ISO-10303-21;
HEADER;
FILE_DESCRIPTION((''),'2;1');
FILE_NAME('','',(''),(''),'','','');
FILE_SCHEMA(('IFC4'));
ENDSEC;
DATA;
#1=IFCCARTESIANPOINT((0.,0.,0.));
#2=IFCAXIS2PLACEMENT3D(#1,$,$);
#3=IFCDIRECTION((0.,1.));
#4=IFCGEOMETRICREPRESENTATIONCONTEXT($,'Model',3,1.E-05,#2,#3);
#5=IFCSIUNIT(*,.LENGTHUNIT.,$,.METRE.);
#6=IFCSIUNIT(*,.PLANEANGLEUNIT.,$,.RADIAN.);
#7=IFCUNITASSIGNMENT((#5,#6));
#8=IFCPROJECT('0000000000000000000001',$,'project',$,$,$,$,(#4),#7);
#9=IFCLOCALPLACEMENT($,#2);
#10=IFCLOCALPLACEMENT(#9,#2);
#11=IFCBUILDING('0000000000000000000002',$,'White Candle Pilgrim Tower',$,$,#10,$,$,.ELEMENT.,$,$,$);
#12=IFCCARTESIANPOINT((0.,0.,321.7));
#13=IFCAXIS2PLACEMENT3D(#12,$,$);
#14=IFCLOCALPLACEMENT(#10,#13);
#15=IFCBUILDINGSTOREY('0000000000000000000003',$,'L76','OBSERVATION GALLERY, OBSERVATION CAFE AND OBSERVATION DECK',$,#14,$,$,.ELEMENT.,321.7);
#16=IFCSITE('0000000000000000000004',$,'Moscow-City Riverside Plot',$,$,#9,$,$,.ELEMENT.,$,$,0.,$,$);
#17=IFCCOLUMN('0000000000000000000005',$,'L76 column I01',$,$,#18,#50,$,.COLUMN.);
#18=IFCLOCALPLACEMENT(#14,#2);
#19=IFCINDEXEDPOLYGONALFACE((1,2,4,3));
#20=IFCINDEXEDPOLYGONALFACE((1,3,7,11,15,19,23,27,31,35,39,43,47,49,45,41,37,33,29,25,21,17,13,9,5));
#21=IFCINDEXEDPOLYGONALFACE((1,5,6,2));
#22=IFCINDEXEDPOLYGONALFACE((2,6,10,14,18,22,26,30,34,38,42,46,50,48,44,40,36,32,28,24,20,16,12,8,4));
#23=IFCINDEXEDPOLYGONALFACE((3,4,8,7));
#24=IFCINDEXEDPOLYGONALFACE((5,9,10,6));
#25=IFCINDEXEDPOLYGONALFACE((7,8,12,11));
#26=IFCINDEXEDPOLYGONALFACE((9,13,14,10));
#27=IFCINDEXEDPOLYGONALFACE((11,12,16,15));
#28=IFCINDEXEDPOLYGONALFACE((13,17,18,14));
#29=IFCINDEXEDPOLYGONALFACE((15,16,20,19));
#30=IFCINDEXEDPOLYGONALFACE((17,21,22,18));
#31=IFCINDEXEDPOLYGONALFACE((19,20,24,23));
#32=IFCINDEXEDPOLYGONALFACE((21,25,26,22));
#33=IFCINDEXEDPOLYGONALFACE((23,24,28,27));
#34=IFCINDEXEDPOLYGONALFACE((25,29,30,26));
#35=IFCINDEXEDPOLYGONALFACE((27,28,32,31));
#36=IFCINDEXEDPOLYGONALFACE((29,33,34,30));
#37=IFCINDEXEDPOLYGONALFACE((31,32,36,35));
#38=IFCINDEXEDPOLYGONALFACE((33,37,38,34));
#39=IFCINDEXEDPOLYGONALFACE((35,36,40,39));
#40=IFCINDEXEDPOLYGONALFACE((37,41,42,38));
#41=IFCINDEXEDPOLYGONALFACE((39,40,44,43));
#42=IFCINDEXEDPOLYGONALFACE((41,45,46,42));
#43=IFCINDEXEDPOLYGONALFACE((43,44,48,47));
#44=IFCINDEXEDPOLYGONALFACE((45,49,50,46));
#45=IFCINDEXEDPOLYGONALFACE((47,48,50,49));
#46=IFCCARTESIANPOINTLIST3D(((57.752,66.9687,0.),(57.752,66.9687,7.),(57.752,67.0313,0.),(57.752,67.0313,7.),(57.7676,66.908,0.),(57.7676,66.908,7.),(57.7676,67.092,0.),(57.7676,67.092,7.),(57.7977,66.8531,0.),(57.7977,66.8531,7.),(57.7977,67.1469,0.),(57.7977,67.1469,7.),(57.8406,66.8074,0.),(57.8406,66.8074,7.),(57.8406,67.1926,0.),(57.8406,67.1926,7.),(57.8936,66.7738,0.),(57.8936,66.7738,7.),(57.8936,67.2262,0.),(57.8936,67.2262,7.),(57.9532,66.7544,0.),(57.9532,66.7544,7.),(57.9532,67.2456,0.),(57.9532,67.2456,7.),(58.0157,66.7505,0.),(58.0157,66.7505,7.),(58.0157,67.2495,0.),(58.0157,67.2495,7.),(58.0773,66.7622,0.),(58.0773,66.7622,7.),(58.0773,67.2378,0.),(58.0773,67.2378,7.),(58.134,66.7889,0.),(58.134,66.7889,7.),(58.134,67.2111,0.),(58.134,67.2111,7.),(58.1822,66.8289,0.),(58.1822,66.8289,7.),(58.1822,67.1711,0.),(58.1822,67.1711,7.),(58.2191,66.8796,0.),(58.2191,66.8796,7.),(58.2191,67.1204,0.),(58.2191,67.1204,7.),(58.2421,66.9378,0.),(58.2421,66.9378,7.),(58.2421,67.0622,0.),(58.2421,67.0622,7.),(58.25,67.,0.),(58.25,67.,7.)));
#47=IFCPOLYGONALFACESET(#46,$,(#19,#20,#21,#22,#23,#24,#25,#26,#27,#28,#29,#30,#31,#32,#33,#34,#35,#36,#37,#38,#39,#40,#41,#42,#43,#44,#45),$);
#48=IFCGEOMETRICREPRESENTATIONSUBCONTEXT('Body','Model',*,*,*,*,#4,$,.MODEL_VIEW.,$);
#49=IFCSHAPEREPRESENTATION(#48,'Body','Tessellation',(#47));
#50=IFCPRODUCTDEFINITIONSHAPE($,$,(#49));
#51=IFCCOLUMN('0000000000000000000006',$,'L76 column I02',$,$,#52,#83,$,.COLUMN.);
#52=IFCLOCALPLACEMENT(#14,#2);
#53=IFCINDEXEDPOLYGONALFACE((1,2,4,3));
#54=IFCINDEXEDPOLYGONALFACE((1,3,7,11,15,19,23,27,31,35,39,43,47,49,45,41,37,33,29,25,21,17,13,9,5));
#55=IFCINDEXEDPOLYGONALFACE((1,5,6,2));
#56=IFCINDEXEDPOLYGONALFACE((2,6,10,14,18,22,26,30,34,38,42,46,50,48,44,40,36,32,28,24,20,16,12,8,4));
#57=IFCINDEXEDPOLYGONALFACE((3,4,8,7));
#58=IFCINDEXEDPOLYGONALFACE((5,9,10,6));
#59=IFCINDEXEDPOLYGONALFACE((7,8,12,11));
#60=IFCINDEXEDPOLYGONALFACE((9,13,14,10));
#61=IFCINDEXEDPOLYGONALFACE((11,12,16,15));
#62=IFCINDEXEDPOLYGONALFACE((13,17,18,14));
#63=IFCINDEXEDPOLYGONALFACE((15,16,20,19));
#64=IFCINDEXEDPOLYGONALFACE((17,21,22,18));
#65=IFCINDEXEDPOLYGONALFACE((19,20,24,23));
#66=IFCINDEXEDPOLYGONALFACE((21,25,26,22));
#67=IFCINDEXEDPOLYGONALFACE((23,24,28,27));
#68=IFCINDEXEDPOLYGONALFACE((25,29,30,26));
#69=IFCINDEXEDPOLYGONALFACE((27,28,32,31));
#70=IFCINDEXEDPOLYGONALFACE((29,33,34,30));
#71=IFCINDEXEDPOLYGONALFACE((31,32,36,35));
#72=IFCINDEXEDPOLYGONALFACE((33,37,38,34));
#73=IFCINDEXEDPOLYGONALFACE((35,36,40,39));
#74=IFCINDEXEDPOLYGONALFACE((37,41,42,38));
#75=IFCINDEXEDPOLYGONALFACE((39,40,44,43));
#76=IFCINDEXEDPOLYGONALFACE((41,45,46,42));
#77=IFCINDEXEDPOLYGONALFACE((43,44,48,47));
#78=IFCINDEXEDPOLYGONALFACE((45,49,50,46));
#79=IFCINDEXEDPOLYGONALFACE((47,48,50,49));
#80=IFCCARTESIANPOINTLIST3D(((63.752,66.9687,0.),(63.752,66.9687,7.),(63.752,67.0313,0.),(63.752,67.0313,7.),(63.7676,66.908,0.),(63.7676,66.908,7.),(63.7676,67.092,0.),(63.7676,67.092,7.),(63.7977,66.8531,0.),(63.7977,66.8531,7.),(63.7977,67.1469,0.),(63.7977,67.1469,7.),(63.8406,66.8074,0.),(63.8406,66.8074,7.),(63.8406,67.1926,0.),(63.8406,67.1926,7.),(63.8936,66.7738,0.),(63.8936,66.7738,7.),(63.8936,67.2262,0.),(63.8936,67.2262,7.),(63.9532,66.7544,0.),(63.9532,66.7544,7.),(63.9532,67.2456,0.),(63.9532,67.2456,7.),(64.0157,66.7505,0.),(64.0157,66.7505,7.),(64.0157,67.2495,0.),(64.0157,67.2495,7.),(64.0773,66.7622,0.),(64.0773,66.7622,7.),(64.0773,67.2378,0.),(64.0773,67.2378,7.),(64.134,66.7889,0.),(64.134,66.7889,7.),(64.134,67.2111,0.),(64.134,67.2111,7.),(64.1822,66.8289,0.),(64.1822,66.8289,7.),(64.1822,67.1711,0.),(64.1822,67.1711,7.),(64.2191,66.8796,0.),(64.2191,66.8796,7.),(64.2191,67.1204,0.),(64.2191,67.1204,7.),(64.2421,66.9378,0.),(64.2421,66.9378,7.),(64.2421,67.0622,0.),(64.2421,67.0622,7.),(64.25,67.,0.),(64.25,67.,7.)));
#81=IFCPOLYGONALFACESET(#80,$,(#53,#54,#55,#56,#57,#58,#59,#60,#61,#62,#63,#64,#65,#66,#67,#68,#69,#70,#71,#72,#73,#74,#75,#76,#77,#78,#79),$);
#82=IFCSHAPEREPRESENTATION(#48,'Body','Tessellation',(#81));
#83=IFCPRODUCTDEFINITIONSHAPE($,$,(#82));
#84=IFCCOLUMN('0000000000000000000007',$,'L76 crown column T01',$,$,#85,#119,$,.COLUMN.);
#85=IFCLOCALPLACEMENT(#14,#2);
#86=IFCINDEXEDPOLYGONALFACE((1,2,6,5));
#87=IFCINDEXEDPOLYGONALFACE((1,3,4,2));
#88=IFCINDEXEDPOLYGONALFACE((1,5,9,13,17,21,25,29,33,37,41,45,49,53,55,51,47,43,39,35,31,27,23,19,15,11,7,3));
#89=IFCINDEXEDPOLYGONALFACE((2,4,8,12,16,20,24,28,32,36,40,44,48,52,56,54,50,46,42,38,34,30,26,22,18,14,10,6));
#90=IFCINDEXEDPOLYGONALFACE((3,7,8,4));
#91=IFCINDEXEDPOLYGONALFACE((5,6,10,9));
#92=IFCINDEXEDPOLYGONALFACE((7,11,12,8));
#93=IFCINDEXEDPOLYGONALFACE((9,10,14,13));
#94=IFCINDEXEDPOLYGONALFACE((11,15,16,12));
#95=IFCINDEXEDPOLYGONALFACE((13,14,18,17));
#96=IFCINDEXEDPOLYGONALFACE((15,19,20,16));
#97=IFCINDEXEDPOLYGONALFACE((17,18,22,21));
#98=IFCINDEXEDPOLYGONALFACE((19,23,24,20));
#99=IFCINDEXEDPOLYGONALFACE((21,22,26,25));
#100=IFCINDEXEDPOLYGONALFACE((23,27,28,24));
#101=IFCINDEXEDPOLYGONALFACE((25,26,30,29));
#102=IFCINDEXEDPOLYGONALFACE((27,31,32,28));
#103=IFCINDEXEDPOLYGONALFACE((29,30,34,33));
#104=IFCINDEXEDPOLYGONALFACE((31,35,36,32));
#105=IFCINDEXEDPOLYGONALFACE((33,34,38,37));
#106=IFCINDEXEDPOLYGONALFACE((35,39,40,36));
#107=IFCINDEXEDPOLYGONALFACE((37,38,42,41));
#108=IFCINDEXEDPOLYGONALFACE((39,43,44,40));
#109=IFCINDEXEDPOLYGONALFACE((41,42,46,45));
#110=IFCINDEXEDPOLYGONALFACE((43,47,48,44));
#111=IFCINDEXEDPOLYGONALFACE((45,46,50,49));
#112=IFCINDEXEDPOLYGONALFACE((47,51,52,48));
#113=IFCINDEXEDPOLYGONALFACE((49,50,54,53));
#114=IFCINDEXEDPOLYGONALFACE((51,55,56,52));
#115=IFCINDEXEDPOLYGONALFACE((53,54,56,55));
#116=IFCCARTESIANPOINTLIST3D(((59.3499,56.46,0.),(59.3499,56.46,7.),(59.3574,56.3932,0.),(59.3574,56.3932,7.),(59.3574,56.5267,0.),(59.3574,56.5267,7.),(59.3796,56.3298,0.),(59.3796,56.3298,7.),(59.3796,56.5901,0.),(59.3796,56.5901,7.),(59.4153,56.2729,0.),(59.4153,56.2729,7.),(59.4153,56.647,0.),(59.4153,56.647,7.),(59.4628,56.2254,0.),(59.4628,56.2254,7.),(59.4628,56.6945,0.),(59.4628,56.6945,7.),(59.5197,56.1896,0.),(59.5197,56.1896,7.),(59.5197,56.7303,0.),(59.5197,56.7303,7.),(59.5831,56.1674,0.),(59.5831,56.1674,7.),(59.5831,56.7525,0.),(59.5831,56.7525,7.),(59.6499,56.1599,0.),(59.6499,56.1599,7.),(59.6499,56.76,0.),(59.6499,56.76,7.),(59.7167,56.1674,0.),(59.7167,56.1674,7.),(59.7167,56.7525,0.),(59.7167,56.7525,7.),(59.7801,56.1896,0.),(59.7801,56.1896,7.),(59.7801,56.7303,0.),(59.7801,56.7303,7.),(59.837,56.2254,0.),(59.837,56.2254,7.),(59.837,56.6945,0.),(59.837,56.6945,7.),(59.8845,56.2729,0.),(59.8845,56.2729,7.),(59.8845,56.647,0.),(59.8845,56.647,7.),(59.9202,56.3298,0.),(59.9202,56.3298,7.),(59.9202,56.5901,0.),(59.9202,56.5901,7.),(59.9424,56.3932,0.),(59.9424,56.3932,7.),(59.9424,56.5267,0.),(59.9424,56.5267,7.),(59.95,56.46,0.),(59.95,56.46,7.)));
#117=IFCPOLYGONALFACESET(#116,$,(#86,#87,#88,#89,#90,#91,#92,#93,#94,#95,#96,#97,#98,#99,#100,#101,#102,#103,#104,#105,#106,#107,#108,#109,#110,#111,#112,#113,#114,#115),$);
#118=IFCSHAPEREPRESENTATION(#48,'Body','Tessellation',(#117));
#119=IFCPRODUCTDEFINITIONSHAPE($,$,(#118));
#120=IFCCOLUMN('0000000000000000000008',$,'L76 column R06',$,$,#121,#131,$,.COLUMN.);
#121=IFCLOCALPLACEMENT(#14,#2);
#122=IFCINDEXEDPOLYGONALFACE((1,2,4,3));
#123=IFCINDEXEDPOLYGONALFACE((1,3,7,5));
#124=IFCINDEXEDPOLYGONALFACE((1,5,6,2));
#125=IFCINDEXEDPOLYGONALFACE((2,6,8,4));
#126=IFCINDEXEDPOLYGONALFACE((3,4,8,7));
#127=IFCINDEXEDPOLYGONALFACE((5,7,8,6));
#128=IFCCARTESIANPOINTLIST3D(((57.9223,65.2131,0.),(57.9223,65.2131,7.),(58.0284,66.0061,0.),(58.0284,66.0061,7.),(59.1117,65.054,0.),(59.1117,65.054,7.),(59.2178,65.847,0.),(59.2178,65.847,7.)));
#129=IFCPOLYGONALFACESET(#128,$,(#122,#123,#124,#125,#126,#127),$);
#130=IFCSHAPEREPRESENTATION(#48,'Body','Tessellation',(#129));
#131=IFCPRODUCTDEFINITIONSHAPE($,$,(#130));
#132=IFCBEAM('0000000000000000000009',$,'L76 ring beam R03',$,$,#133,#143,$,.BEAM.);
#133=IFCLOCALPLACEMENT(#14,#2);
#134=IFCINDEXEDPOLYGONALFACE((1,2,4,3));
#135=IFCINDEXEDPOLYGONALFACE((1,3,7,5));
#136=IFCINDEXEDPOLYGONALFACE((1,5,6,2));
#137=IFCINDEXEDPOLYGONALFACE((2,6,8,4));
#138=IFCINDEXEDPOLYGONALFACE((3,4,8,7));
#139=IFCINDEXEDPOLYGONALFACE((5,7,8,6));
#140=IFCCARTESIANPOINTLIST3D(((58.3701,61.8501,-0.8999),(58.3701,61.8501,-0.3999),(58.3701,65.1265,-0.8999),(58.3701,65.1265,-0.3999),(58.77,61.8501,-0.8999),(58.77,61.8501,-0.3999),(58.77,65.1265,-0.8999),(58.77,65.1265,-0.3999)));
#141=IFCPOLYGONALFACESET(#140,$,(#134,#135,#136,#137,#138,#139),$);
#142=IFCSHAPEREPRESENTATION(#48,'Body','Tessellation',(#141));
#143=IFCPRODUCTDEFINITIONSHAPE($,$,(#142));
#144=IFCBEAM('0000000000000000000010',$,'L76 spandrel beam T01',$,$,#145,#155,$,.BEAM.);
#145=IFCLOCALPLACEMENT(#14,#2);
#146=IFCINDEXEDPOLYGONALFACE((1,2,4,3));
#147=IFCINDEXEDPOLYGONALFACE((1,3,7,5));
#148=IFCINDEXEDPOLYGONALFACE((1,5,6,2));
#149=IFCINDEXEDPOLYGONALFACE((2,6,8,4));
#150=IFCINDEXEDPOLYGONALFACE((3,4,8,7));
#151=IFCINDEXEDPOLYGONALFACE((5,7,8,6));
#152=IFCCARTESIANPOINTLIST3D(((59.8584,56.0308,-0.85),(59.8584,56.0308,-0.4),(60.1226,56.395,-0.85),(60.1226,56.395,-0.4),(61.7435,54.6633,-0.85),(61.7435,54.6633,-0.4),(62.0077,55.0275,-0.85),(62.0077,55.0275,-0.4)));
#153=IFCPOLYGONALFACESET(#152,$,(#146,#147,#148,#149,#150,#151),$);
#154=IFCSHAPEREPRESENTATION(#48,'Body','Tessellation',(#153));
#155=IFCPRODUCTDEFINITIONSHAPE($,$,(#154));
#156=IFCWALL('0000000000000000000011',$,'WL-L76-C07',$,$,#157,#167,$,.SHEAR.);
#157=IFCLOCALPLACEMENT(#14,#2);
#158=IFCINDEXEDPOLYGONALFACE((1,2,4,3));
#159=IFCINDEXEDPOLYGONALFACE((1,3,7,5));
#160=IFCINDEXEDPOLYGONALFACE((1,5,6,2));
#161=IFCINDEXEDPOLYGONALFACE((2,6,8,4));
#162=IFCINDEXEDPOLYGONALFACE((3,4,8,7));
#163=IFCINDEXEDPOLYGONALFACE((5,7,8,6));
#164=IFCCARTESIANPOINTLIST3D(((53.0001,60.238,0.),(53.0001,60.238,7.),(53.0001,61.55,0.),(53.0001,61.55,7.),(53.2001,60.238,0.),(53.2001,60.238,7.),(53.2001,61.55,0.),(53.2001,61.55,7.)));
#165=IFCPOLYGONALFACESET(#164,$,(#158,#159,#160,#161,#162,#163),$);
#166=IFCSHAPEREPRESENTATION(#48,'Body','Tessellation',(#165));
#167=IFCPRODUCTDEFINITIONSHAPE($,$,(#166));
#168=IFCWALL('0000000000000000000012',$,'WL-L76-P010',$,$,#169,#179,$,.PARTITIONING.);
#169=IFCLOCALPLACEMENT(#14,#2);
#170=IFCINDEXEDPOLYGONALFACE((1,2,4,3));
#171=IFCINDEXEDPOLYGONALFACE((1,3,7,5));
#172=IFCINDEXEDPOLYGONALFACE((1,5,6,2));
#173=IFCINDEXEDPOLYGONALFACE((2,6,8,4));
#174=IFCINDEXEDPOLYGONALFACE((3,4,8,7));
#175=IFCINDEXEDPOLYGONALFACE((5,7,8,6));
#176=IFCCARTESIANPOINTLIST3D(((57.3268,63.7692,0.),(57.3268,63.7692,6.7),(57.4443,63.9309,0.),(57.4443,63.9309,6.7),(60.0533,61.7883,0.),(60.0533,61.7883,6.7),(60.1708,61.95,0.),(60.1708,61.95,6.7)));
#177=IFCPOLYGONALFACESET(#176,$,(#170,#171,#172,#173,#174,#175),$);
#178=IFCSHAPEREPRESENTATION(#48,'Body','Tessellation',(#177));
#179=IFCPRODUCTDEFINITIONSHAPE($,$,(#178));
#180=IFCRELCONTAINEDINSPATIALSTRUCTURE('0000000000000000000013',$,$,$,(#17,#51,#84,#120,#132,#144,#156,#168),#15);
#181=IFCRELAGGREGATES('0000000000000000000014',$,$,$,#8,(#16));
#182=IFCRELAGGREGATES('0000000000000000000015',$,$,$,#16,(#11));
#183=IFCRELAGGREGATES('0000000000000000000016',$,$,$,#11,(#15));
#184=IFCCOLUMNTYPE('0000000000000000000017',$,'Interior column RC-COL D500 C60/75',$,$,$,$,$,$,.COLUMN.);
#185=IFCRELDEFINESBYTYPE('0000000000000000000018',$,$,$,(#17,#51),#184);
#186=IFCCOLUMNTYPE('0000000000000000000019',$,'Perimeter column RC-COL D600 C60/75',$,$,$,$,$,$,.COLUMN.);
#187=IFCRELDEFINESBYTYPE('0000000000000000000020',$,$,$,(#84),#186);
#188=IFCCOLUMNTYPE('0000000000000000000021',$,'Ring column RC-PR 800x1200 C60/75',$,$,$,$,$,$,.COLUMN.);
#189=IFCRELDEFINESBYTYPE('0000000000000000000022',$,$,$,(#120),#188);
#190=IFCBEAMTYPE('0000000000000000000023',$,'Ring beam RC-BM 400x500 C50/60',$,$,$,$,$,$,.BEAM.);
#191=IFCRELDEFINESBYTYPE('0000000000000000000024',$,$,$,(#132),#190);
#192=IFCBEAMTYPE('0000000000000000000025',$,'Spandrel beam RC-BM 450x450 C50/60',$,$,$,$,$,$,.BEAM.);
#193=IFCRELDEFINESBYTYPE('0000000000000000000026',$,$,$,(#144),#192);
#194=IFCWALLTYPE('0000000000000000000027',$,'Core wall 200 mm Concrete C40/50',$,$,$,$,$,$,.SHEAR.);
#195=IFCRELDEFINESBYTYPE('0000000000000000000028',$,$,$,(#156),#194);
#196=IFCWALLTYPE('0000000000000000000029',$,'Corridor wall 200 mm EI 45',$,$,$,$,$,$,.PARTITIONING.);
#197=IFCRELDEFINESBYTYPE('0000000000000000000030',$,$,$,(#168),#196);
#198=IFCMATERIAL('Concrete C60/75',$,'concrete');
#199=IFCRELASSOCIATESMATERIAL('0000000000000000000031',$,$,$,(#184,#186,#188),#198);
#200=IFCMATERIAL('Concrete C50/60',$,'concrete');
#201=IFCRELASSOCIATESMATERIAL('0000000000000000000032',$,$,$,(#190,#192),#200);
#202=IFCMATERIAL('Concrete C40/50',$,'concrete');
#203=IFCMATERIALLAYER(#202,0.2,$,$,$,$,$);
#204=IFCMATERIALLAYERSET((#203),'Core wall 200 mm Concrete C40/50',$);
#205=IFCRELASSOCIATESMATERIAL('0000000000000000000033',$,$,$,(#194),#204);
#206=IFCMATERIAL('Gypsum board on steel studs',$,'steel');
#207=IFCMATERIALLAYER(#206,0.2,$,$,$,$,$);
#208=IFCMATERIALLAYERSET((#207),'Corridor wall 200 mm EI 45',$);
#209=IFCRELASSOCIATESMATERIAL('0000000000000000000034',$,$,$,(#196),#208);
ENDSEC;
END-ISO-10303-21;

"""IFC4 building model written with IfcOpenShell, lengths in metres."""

from ifc_helpers import new_model, si_unit, direction, frame, frame_2d, origin, origin_2d, place, context, subcontext, project, spatial, rectangle, circle, extrude, material, layer, layer_set, material_profile, profile_set, type_object, element, save


model = new_model("IFC4")

# Units and contexts
model_context = context("Model", 3, precision=1e-05, world=origin(), true_north=direction((0.0, 1.0)))
body_context = subcontext(model_context, "Body", "Model", "MODEL_VIEW")
ifc_project = project(units=[si_unit("LENGTHUNIT", "METRE"), si_unit("PLANEANGLEUNIT", "RADIAN")], contexts=[model_context])

# Site, building, storey
site_placement = place(None, origin())
site = spatial("IfcSite", under=ifc_project, at=site_placement, Name="Moscow-City Riverside Plot", CompositionType="ELEMENT", RefElevation=0.0)
building_placement = place(site_placement, origin())
building = spatial("IfcBuilding", under=site, at=building_placement, Name="White Candle Pilgrim Tower", CompositionType="ELEMENT")
storey_placement = place(building_placement, frame((0.0, 0.0, 321.7)))
storey = spatial("IfcBuildingStorey", under=building, at=storey_placement, Name="L76", Description="OBSERVATION GALLERY, OBSERVATION CAFE AND OBSERVATION DECK", CompositionType="ELEMENT", Elevation=321.7)

# Columns
ifc_material_1 = material(Name="Concrete C60/75", Category="concrete")
ifc_material_profile_1 = material_profile(ifc_material_1, circle(Radius=0.25, at=origin_2d()), Name="RC-COL D500")
ifc_profile_set_1 = profile_set([ifc_material_profile_1], Name="Concrete C60/75")
column_type_1 = type_object("IfcColumnType", Name="Interior column RC-COL D500 C60/75", PredefinedType="COLUMN", material=ifc_profile_set_1)
for number, where, z_axis, x_axis, name in (
    (1, (58.0, 67.0, 0.0), (0.0, 0.0, 1.0), (1.0, 0.0, 0.0), "L76 column I01"),
    (2, (64.0, 67.0, 0.0), (0.0, 0.0, 1.0), (1.0, 0.0, 0.0), "L76 column I02"),
):
    element("IfcColumn", number, at=place(storey_placement, frame(where, z_axis=z_axis, x_axis=x_axis)), inside=storey, type_object=column_type_1, Name=name, PredefinedType="COLUMN", context=body_context, shape_type="SweptSolid", body=[
        extrude(circle(Radius=0.25, at=origin_2d()), origin(), (0.0, 0.0, 1.0), 7.0),
    ])
ifc_material_profile_2 = material_profile(ifc_material_1, circle(Radius=0.3, at=origin_2d()), Name="RC-COL D600")
ifc_profile_set_2 = profile_set([ifc_material_profile_2], Name="Concrete C60/75")
column_type_2 = type_object("IfcColumnType", Name="Perimeter column RC-COL D600 C60/75", PredefinedType="COLUMN", material=ifc_profile_set_2)
column_1_placement = place(storey_placement, frame((59.6499, 56.46, 0.0), z_axis=(0.0, 0.0, 1.0), x_axis=(1.0, 0.0, 0.0)))
element("IfcColumn", 3, at=column_1_placement, inside=storey, type_object=column_type_2, Name="L76 crown column T01", PredefinedType="COLUMN", context=body_context, shape_type="SweptSolid", body=[
    extrude(circle(Radius=0.3, at=origin_2d()), origin(), (0.0, 0.0, 1.0), 7.0),
])
ifc_material_profile_3 = material_profile(ifc_material_1, rectangle(XDim=0.8, YDim=1.2, at=origin_2d()), Name="RC-PR 800x1200")
ifc_profile_set_3 = profile_set([ifc_material_profile_3], Name="Concrete C60/75")
column_type_3 = type_object("IfcColumnType", Name="Ring column RC-PR 800x1200 C60/75", PredefinedType="COLUMN", material=ifc_profile_set_3)
column_2_placement = place(storey_placement, frame((58.5701, 65.53, 0.0), z_axis=(0.0, 0.0, 1.0), x_axis=(0.132602, 0.991169, 0.0)))
element("IfcColumn", 4, at=column_2_placement, inside=storey, type_object=column_type_3, Name="L76 column R06", PredefinedType="COLUMN", context=body_context, shape_type="SweptSolid", body=[
    extrude(rectangle(XDim=0.8, YDim=1.2, at=origin_2d()), origin(), (0.0, 0.0, 1.0), 7.0),
])

# Beams
ifc_material_2 = material(Name="Concrete C50/60", Category="concrete")
ifc_material_profile_4 = material_profile(ifc_material_2, rectangle(XDim=0.3999, YDim=0.5, at=origin_2d()), Name="RC-BM 400x500")
ifc_profile_set_4 = profile_set([ifc_material_profile_4], Name="Concrete C50/60")
beam_type_1 = type_object("IfcBeamType", Name="Ring beam RC-BM 400x500 C50/60", PredefinedType="BEAM", material=ifc_profile_set_4)
beam_1_placement = place(storey_placement, frame((58.5701, 65.1265, -0.6499), z_axis=(0.0, -1.0, 0.0), x_axis=(1.0, 0.0, 0.0)))
element("IfcBeam", 5, at=beam_1_placement, inside=storey, type_object=beam_type_1, Name="L76 ring beam R03", PredefinedType="BEAM", context=body_context, shape_type="SweptSolid", body=[
    extrude(rectangle(XDim=0.3999, YDim=0.5, at=origin_2d()), origin(), (0.0, 0.0, 1.0), 3.2764),
])
ifc_material_profile_5 = material_profile(ifc_material_2, rectangle(XDim=0.45, YDim=0.45, at=origin_2d()), Name="RC-BM 450x450")
ifc_profile_set_5 = profile_set([ifc_material_profile_5], Name="Concrete C50/60")
beam_type_2 = type_object("IfcBeamType", Name="Spandrel beam RC-BM 450x450 C50/60", PredefinedType="BEAM", material=ifc_profile_set_5)
beam_2_placement = place(storey_placement, frame((59.9905, 56.2129, -0.625), z_axis=(0.809447, -0.587193, 0.0), x_axis=(0.587193, 0.809447, 0.0)))
element("IfcBeam", 6, at=beam_2_placement, inside=storey, type_object=beam_type_2, Name="L76 spandrel beam T01", PredefinedType="BEAM", context=body_context, shape_type="SweptSolid", body=[
    extrude(rectangle(XDim=0.45, YDim=0.45, at=origin_2d()), origin(), (0.0, 0.0, 1.0), 2.3289),
])

# Walls
ifc_material_3 = material(Name="Concrete C40/50", Category="concrete")
ifc_layer_1 = layer(ifc_material_3, 0.2)
ifc_layer_set_1 = layer_set([ifc_layer_1], Name="Core wall 200 mm Concrete C40/50")
wall_type_1 = type_object("IfcWallType", Name="Core wall 200 mm Concrete C40/50", PredefinedType="SHEAR", material=ifc_layer_set_1)
wall_1_placement = place(storey_placement, frame((53.1001, 60.238, 0.0), z_axis=(0.0, 0.0, 1.0), x_axis=(0.0, 1.0, 0.0)))
element("IfcWall", 7, at=wall_1_placement, inside=storey, type_object=wall_type_1, Name="WL-L76-C07", PredefinedType="SHEAR", context=body_context, shape_type="SweptSolid", body=[
    extrude(rectangle(XDim=1.312, YDim=0.2, at=frame_2d((0.656, 0.0))), origin(), (0.0, 0.0, 1.0), 7.0),
])
ifc_material_4 = material(Name="Gypsum board on steel studs", Category="steel")
ifc_layer_2 = layer(ifc_material_4, 0.2)
ifc_layer_set_2 = layer_set([ifc_layer_2], Name="Corridor wall 200 mm EI 45")
wall_type_2 = type_object("IfcWallType", Name="Corridor wall 200 mm EI 45", PredefinedType="PARTITIONING", material=ifc_layer_set_2)
wall_2_placement = place(storey_placement, frame((60.1121, 61.8691, 0.0), z_axis=(0.0, 0.0, 1.0), x_axis=(-0.809018, 0.587784, 0.0)))
element("IfcWall", 8, at=wall_2_placement, inside=storey, type_object=wall_type_2, Name="WL-L76-P010", PredefinedType="PARTITIONING", context=body_context, shape_type="SweptSolid", body=[
    extrude(rectangle(XDim=3.3701, YDim=0.2, at=frame_2d((1.6851, 0.0))), origin(), (0.0, 0.0, 1.0), 6.7),
])

save(model, "model.ifc")
